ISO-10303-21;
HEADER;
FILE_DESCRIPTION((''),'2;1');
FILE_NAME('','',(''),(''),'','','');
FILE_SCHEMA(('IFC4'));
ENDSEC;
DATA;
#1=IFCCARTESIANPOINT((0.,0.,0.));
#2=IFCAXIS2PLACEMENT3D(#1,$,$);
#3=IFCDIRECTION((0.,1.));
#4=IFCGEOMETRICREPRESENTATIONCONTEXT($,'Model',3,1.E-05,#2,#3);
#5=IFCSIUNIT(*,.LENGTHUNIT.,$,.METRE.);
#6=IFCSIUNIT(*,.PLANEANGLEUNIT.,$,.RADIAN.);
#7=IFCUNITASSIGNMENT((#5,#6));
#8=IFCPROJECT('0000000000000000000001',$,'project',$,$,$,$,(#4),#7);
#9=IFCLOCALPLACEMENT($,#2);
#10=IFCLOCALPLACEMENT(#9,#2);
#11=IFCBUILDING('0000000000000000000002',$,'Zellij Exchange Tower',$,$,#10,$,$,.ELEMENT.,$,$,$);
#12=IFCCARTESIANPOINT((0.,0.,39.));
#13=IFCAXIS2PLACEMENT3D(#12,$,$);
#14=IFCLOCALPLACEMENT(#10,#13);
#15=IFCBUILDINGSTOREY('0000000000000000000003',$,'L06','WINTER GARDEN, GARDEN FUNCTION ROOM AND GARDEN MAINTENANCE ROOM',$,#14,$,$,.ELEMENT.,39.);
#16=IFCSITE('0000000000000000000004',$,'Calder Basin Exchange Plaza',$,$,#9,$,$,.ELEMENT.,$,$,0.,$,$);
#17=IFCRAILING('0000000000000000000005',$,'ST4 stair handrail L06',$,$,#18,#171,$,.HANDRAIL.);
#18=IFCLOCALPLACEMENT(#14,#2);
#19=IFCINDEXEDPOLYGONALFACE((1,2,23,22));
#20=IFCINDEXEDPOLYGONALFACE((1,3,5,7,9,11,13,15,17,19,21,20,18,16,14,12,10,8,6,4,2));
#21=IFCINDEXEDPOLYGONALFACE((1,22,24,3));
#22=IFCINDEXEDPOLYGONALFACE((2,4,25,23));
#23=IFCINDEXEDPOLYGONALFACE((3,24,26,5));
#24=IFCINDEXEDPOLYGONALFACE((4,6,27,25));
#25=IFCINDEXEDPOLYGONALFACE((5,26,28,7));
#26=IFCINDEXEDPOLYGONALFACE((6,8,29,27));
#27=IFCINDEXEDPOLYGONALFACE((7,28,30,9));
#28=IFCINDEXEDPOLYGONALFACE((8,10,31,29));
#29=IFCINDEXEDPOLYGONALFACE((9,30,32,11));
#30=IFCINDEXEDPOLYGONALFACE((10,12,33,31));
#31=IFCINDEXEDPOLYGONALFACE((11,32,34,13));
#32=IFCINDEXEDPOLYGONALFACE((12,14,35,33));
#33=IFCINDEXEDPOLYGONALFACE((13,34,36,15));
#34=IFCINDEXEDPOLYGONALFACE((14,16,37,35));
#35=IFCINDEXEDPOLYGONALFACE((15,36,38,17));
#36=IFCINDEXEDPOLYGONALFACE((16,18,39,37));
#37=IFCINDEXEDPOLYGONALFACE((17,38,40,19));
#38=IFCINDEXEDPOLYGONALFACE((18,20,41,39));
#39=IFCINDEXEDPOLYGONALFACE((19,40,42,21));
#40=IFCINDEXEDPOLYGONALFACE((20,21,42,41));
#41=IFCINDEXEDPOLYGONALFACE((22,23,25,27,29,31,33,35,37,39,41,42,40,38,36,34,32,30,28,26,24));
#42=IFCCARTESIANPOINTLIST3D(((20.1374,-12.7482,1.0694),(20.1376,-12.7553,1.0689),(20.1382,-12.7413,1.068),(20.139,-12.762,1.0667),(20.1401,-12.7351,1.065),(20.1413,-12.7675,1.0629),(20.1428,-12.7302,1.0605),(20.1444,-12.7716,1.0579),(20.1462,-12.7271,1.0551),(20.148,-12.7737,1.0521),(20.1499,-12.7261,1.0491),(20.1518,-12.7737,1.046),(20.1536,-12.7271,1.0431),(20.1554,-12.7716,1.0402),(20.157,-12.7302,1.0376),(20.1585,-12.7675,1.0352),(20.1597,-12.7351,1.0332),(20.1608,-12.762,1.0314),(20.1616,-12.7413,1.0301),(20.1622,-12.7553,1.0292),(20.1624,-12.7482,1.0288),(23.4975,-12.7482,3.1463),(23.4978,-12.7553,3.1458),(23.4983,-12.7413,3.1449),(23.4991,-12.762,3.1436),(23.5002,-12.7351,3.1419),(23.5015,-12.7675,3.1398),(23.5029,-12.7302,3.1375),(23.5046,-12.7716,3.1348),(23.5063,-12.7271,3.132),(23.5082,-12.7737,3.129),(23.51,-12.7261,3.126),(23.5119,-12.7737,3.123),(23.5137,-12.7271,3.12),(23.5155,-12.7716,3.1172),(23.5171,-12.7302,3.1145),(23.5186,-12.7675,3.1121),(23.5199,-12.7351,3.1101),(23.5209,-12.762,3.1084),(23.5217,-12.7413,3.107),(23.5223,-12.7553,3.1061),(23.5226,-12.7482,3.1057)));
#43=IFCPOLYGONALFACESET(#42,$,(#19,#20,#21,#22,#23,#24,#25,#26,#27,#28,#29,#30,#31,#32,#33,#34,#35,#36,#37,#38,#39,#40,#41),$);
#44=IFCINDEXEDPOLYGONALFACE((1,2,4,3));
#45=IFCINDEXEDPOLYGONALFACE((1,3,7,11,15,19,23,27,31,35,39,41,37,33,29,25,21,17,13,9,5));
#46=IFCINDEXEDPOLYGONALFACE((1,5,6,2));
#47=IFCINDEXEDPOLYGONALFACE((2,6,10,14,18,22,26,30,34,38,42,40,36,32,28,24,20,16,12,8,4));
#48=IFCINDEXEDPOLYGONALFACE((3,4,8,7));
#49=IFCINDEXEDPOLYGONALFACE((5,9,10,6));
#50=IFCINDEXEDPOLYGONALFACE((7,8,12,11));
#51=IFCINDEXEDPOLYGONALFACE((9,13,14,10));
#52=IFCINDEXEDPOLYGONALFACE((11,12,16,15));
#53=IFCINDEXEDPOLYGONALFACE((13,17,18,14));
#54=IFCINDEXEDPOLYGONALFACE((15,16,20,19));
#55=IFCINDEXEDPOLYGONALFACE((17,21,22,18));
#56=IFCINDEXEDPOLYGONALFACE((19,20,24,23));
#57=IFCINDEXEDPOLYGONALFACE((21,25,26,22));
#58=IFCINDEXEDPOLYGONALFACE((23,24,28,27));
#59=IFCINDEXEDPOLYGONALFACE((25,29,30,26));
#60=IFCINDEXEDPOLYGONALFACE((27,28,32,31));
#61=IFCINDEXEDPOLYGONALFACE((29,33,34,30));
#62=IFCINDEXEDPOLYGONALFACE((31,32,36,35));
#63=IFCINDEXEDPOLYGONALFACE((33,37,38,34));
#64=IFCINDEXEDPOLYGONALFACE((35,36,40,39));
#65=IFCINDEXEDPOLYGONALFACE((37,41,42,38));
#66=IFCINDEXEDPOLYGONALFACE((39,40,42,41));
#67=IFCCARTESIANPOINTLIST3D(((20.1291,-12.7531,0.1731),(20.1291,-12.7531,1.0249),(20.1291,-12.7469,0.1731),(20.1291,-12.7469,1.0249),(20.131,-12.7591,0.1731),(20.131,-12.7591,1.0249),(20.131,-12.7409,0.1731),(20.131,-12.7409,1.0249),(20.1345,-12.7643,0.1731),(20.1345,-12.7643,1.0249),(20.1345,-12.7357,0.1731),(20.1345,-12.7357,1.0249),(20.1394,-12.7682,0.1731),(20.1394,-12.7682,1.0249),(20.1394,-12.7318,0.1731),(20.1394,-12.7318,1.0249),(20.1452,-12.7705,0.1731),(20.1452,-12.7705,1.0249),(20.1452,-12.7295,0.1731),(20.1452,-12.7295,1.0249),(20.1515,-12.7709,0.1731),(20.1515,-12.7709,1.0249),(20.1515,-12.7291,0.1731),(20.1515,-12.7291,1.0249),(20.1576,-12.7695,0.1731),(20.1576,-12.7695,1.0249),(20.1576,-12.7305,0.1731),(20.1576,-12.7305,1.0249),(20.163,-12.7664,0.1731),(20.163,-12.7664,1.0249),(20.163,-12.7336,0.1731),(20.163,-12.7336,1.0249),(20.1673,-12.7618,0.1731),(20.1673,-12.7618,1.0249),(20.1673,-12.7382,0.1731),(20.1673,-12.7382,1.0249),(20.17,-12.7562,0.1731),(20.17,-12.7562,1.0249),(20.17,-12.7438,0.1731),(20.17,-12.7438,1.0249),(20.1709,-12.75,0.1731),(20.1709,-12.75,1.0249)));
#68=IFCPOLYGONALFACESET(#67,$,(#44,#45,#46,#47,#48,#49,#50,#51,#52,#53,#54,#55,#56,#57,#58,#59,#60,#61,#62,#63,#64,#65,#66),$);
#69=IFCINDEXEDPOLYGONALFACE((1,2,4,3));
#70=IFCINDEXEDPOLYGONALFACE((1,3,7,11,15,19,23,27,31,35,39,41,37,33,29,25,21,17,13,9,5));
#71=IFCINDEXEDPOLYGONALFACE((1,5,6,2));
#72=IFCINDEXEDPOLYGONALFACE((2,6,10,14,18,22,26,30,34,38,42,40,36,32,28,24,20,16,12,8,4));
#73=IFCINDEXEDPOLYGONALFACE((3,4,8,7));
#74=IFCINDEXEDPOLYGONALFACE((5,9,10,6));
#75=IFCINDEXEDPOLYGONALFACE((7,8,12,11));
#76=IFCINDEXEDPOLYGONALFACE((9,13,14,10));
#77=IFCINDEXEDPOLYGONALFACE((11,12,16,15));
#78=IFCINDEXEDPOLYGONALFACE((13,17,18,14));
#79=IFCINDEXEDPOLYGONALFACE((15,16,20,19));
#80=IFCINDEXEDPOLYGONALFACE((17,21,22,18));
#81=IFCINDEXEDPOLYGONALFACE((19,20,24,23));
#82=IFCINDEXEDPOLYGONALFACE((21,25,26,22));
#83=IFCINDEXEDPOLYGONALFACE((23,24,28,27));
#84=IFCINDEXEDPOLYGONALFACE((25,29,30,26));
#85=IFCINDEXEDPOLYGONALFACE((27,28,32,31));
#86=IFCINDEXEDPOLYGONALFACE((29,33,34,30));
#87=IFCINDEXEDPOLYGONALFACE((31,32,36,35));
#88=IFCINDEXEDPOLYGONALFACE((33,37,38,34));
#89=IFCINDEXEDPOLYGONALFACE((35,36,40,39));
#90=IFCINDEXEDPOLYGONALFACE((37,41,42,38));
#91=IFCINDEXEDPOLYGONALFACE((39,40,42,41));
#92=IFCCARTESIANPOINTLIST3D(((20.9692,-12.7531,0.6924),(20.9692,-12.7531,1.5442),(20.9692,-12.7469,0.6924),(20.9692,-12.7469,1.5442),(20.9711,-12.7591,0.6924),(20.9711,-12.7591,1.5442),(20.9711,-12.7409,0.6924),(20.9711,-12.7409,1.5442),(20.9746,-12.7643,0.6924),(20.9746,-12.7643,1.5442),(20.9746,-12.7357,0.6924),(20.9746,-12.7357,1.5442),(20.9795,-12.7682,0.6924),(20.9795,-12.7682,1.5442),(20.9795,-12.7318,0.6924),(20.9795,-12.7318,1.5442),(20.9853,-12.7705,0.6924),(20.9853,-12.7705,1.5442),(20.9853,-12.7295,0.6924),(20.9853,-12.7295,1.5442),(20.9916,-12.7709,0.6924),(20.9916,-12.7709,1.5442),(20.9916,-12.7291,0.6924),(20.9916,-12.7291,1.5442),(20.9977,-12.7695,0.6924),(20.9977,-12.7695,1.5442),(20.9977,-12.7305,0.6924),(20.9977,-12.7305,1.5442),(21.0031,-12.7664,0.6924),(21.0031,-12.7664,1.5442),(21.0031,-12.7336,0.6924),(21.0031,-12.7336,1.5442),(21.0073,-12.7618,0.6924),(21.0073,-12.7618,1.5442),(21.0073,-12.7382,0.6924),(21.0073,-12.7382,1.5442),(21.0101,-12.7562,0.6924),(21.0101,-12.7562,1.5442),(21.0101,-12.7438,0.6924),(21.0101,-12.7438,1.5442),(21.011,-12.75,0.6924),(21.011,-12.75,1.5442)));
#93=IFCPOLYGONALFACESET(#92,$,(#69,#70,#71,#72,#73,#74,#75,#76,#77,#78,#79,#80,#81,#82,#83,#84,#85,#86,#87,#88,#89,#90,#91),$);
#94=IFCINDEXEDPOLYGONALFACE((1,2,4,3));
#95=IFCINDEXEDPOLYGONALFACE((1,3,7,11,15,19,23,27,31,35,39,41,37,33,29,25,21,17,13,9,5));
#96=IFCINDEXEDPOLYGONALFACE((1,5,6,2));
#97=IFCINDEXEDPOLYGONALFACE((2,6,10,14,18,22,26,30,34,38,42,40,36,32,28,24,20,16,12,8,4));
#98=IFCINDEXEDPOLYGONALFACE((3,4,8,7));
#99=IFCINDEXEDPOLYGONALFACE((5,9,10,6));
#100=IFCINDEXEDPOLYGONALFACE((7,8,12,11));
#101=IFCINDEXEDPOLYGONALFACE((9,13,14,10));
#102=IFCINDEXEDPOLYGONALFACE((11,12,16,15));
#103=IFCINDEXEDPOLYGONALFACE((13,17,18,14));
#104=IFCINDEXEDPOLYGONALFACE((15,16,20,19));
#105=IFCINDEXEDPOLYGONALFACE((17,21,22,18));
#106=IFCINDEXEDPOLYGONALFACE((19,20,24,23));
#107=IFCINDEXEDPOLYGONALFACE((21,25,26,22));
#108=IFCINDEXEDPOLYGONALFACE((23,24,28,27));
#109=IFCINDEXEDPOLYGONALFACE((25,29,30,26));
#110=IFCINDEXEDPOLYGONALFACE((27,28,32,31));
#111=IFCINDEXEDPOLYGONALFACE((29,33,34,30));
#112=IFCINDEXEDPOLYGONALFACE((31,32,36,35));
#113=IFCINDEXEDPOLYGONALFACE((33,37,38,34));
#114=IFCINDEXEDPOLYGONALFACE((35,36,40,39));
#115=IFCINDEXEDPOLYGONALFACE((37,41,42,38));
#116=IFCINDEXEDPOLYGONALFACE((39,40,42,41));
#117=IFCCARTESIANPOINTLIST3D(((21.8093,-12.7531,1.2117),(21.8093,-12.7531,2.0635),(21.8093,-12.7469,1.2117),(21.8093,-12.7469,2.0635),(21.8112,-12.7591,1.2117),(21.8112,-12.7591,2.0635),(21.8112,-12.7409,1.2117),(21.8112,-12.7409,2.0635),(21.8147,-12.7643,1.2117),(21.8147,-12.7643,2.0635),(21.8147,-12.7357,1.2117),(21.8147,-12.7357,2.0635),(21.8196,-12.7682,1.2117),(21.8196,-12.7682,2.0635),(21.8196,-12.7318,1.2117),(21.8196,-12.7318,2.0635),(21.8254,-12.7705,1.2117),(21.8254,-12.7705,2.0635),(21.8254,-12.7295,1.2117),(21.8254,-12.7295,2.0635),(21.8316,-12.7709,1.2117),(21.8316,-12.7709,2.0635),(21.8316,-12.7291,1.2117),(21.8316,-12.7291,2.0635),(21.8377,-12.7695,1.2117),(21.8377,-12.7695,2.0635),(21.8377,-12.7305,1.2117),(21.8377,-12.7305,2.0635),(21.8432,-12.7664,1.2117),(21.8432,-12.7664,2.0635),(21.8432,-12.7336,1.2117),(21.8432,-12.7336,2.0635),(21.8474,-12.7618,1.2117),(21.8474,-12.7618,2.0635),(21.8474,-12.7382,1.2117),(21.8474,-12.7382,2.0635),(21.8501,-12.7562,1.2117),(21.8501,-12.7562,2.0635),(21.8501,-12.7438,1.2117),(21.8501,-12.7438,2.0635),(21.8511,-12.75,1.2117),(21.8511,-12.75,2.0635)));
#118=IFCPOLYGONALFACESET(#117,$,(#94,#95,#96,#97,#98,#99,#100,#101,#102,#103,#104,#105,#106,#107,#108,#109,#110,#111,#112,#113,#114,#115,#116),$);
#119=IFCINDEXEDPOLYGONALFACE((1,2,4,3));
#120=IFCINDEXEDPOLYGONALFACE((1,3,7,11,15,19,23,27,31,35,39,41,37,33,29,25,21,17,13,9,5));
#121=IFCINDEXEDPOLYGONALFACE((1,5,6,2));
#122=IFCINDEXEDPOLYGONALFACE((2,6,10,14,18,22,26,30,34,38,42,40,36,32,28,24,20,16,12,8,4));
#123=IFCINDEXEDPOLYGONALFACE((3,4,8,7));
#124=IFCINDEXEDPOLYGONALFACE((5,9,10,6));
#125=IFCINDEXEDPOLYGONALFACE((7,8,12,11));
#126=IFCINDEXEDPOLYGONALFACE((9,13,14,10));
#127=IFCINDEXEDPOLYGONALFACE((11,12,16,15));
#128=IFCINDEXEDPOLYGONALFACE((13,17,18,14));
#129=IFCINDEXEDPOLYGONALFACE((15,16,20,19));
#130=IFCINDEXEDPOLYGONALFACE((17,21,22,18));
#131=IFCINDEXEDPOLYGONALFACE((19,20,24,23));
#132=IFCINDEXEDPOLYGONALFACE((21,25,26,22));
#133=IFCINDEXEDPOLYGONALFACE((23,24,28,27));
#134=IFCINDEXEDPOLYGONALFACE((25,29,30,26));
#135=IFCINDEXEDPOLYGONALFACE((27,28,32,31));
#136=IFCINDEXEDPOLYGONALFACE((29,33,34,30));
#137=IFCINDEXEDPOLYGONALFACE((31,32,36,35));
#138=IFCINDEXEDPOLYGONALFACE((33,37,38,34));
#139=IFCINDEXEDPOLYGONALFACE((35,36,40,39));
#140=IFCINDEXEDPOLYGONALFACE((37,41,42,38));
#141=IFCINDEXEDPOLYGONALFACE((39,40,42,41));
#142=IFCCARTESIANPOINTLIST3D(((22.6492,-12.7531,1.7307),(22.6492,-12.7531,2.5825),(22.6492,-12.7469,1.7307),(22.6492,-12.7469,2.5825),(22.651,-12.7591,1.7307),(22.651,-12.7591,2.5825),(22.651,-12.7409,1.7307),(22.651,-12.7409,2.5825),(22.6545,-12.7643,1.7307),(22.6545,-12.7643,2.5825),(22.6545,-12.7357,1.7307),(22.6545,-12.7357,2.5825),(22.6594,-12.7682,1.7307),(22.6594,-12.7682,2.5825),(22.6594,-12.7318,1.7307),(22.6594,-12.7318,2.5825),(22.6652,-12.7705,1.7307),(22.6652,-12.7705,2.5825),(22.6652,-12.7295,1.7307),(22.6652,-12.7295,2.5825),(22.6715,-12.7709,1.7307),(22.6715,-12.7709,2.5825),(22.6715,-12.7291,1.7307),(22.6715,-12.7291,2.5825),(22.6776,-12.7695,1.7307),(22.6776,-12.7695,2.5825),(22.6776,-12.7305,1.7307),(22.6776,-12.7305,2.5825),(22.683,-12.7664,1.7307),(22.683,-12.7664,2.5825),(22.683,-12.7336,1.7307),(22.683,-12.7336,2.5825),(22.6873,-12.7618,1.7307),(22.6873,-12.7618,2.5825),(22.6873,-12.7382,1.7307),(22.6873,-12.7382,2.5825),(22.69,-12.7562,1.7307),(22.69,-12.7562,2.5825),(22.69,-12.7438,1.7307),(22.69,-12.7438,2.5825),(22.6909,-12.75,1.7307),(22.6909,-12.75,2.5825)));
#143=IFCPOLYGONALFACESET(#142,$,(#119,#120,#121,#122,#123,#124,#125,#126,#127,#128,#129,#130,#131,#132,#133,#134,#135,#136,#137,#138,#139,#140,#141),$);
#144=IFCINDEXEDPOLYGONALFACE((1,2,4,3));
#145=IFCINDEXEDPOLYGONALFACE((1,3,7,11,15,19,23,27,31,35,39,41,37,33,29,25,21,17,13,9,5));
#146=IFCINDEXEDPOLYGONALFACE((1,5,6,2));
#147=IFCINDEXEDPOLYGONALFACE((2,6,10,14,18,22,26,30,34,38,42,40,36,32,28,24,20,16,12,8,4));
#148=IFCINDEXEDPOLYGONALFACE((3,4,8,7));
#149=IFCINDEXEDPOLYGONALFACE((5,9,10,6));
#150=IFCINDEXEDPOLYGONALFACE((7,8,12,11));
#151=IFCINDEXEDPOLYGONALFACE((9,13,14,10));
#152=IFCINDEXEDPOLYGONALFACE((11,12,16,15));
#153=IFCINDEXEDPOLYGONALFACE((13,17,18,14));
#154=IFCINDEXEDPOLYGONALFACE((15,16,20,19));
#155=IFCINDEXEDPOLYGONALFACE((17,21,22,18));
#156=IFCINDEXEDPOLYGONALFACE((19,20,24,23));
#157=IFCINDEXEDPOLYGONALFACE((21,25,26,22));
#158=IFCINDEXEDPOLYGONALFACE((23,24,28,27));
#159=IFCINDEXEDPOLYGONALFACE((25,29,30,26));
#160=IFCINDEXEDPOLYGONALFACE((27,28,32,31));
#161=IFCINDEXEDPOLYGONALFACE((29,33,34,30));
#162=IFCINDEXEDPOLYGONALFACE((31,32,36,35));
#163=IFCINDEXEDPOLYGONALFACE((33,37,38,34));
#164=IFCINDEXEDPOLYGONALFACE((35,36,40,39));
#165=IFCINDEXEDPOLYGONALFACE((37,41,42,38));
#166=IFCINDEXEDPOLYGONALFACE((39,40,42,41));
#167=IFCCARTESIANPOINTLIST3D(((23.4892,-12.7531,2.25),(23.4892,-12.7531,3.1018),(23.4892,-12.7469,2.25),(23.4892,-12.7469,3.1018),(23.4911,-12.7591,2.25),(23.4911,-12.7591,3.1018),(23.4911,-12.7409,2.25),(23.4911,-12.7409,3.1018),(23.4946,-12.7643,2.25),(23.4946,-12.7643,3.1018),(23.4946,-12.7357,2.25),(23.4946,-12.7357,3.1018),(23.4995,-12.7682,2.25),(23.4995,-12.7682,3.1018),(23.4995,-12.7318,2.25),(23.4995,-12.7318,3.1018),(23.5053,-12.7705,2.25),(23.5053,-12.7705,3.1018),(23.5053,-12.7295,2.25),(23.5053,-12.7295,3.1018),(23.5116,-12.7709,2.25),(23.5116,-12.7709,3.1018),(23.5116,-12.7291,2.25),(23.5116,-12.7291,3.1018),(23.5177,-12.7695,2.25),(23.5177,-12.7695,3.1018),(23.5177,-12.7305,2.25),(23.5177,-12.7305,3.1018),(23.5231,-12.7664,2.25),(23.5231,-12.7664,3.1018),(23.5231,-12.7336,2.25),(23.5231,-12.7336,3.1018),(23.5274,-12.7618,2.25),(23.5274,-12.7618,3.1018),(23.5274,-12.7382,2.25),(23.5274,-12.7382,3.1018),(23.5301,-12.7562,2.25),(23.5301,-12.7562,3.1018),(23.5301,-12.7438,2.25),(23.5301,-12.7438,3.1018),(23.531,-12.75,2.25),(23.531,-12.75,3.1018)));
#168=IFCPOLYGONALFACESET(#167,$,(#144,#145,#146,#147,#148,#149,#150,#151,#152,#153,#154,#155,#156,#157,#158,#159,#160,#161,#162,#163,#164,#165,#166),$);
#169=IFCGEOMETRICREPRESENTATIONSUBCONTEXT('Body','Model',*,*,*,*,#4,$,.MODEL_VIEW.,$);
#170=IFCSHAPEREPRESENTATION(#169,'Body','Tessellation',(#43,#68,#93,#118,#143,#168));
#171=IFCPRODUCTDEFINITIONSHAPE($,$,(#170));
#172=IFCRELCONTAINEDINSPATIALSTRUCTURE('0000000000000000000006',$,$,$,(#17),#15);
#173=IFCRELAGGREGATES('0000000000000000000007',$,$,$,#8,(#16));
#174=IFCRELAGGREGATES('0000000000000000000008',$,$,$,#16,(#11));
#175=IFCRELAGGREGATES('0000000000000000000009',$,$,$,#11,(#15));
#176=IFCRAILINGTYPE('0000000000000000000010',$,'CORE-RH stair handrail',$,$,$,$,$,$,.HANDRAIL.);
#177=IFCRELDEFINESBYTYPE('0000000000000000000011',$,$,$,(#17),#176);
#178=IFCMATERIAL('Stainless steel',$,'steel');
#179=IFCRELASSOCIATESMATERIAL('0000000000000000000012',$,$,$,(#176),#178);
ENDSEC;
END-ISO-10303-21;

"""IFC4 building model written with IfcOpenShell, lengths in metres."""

from ifc_helpers import new_model, si_unit, direction, frame, origin, origin_2d, place, context, subcontext, project, spatial, circle, extrude, material, type_object, element, save


model = new_model("IFC4")

# Units and contexts
model_context = context("Model", 3, precision=1e-05, world=origin(), true_north=direction((0.0, 1.0)))
body_context = subcontext(model_context, "Body", "Model", "MODEL_VIEW")
ifc_project = project(units=[si_unit("LENGTHUNIT", "METRE"), si_unit("PLANEANGLEUNIT", "RADIAN")], contexts=[model_context])

# Site, building, storey
site_placement = place(None, origin())
site = spatial("IfcSite", under=ifc_project, at=site_placement, Name="Calder Basin Exchange Plaza", CompositionType="ELEMENT", RefElevation=0.0)
building_placement = place(site_placement, origin())
building = spatial("IfcBuilding", under=site, at=building_placement, Name="Zellij Exchange Tower", CompositionType="ELEMENT")
storey_placement = place(building_placement, frame((0.0, 0.0, 39.0)))
storey = spatial("IfcBuildingStorey", under=building, at=storey_placement, Name="L06", Description="WINTER GARDEN, GARDEN FUNCTION ROOM AND GARDEN MAINTENANCE ROOM", CompositionType="ELEMENT", Elevation=39.0)

# Railing
ifc_material_1 = material(Name="Stainless steel", Category="steel")
railing_type_1 = type_object("IfcRailingType", Name="CORE-RH stair handrail", PredefinedType="HANDRAIL", material=ifc_material_1)
railing_1_placement = place(storey_placement, frame((20.1499, -12.75, 0.1731)))
element("IfcRailing", 1, at=railing_1_placement, inside=storey, type_object=railing_type_1, Name="ST4 stair handrail L06", PredefinedType="HANDRAIL", context=body_context, shape_type="SweptSolid", body=[
    extrude(circle(Radius=0.0239, at=origin_2d()), frame((0.0, 0.0, 0.876), z_axis=(0.850623, 0.0, 0.525776), x_axis=(0.0, 1.0, 0.0)), (0.0, 0.0, 1.0), 3.9502),
    extrude(circle(Radius=0.021, at=origin_2d()), origin(), (0.0, 0.0, 1.0), 0.8518),
    extrude(circle(Radius=0.021, at=origin_2d()), frame((0.8401, 0.0, 0.5193)), (0.0, 0.0, 1.0), 0.8518),
    extrude(circle(Radius=0.021, at=origin_2d()), frame((1.6802, 0.0, 1.0386)), (0.0, 0.0, 1.0), 0.8518),
    extrude(circle(Radius=0.021, at=origin_2d()), frame((2.52, 0.0, 1.5576)), (0.0, 0.0, 1.0), 0.8518),
    extrude(circle(Radius=0.021, at=origin_2d()), frame((3.3601, 0.0, 2.0769)), (0.0, 0.0, 1.0), 0.8518),
])

save(model, "model.ifc")
